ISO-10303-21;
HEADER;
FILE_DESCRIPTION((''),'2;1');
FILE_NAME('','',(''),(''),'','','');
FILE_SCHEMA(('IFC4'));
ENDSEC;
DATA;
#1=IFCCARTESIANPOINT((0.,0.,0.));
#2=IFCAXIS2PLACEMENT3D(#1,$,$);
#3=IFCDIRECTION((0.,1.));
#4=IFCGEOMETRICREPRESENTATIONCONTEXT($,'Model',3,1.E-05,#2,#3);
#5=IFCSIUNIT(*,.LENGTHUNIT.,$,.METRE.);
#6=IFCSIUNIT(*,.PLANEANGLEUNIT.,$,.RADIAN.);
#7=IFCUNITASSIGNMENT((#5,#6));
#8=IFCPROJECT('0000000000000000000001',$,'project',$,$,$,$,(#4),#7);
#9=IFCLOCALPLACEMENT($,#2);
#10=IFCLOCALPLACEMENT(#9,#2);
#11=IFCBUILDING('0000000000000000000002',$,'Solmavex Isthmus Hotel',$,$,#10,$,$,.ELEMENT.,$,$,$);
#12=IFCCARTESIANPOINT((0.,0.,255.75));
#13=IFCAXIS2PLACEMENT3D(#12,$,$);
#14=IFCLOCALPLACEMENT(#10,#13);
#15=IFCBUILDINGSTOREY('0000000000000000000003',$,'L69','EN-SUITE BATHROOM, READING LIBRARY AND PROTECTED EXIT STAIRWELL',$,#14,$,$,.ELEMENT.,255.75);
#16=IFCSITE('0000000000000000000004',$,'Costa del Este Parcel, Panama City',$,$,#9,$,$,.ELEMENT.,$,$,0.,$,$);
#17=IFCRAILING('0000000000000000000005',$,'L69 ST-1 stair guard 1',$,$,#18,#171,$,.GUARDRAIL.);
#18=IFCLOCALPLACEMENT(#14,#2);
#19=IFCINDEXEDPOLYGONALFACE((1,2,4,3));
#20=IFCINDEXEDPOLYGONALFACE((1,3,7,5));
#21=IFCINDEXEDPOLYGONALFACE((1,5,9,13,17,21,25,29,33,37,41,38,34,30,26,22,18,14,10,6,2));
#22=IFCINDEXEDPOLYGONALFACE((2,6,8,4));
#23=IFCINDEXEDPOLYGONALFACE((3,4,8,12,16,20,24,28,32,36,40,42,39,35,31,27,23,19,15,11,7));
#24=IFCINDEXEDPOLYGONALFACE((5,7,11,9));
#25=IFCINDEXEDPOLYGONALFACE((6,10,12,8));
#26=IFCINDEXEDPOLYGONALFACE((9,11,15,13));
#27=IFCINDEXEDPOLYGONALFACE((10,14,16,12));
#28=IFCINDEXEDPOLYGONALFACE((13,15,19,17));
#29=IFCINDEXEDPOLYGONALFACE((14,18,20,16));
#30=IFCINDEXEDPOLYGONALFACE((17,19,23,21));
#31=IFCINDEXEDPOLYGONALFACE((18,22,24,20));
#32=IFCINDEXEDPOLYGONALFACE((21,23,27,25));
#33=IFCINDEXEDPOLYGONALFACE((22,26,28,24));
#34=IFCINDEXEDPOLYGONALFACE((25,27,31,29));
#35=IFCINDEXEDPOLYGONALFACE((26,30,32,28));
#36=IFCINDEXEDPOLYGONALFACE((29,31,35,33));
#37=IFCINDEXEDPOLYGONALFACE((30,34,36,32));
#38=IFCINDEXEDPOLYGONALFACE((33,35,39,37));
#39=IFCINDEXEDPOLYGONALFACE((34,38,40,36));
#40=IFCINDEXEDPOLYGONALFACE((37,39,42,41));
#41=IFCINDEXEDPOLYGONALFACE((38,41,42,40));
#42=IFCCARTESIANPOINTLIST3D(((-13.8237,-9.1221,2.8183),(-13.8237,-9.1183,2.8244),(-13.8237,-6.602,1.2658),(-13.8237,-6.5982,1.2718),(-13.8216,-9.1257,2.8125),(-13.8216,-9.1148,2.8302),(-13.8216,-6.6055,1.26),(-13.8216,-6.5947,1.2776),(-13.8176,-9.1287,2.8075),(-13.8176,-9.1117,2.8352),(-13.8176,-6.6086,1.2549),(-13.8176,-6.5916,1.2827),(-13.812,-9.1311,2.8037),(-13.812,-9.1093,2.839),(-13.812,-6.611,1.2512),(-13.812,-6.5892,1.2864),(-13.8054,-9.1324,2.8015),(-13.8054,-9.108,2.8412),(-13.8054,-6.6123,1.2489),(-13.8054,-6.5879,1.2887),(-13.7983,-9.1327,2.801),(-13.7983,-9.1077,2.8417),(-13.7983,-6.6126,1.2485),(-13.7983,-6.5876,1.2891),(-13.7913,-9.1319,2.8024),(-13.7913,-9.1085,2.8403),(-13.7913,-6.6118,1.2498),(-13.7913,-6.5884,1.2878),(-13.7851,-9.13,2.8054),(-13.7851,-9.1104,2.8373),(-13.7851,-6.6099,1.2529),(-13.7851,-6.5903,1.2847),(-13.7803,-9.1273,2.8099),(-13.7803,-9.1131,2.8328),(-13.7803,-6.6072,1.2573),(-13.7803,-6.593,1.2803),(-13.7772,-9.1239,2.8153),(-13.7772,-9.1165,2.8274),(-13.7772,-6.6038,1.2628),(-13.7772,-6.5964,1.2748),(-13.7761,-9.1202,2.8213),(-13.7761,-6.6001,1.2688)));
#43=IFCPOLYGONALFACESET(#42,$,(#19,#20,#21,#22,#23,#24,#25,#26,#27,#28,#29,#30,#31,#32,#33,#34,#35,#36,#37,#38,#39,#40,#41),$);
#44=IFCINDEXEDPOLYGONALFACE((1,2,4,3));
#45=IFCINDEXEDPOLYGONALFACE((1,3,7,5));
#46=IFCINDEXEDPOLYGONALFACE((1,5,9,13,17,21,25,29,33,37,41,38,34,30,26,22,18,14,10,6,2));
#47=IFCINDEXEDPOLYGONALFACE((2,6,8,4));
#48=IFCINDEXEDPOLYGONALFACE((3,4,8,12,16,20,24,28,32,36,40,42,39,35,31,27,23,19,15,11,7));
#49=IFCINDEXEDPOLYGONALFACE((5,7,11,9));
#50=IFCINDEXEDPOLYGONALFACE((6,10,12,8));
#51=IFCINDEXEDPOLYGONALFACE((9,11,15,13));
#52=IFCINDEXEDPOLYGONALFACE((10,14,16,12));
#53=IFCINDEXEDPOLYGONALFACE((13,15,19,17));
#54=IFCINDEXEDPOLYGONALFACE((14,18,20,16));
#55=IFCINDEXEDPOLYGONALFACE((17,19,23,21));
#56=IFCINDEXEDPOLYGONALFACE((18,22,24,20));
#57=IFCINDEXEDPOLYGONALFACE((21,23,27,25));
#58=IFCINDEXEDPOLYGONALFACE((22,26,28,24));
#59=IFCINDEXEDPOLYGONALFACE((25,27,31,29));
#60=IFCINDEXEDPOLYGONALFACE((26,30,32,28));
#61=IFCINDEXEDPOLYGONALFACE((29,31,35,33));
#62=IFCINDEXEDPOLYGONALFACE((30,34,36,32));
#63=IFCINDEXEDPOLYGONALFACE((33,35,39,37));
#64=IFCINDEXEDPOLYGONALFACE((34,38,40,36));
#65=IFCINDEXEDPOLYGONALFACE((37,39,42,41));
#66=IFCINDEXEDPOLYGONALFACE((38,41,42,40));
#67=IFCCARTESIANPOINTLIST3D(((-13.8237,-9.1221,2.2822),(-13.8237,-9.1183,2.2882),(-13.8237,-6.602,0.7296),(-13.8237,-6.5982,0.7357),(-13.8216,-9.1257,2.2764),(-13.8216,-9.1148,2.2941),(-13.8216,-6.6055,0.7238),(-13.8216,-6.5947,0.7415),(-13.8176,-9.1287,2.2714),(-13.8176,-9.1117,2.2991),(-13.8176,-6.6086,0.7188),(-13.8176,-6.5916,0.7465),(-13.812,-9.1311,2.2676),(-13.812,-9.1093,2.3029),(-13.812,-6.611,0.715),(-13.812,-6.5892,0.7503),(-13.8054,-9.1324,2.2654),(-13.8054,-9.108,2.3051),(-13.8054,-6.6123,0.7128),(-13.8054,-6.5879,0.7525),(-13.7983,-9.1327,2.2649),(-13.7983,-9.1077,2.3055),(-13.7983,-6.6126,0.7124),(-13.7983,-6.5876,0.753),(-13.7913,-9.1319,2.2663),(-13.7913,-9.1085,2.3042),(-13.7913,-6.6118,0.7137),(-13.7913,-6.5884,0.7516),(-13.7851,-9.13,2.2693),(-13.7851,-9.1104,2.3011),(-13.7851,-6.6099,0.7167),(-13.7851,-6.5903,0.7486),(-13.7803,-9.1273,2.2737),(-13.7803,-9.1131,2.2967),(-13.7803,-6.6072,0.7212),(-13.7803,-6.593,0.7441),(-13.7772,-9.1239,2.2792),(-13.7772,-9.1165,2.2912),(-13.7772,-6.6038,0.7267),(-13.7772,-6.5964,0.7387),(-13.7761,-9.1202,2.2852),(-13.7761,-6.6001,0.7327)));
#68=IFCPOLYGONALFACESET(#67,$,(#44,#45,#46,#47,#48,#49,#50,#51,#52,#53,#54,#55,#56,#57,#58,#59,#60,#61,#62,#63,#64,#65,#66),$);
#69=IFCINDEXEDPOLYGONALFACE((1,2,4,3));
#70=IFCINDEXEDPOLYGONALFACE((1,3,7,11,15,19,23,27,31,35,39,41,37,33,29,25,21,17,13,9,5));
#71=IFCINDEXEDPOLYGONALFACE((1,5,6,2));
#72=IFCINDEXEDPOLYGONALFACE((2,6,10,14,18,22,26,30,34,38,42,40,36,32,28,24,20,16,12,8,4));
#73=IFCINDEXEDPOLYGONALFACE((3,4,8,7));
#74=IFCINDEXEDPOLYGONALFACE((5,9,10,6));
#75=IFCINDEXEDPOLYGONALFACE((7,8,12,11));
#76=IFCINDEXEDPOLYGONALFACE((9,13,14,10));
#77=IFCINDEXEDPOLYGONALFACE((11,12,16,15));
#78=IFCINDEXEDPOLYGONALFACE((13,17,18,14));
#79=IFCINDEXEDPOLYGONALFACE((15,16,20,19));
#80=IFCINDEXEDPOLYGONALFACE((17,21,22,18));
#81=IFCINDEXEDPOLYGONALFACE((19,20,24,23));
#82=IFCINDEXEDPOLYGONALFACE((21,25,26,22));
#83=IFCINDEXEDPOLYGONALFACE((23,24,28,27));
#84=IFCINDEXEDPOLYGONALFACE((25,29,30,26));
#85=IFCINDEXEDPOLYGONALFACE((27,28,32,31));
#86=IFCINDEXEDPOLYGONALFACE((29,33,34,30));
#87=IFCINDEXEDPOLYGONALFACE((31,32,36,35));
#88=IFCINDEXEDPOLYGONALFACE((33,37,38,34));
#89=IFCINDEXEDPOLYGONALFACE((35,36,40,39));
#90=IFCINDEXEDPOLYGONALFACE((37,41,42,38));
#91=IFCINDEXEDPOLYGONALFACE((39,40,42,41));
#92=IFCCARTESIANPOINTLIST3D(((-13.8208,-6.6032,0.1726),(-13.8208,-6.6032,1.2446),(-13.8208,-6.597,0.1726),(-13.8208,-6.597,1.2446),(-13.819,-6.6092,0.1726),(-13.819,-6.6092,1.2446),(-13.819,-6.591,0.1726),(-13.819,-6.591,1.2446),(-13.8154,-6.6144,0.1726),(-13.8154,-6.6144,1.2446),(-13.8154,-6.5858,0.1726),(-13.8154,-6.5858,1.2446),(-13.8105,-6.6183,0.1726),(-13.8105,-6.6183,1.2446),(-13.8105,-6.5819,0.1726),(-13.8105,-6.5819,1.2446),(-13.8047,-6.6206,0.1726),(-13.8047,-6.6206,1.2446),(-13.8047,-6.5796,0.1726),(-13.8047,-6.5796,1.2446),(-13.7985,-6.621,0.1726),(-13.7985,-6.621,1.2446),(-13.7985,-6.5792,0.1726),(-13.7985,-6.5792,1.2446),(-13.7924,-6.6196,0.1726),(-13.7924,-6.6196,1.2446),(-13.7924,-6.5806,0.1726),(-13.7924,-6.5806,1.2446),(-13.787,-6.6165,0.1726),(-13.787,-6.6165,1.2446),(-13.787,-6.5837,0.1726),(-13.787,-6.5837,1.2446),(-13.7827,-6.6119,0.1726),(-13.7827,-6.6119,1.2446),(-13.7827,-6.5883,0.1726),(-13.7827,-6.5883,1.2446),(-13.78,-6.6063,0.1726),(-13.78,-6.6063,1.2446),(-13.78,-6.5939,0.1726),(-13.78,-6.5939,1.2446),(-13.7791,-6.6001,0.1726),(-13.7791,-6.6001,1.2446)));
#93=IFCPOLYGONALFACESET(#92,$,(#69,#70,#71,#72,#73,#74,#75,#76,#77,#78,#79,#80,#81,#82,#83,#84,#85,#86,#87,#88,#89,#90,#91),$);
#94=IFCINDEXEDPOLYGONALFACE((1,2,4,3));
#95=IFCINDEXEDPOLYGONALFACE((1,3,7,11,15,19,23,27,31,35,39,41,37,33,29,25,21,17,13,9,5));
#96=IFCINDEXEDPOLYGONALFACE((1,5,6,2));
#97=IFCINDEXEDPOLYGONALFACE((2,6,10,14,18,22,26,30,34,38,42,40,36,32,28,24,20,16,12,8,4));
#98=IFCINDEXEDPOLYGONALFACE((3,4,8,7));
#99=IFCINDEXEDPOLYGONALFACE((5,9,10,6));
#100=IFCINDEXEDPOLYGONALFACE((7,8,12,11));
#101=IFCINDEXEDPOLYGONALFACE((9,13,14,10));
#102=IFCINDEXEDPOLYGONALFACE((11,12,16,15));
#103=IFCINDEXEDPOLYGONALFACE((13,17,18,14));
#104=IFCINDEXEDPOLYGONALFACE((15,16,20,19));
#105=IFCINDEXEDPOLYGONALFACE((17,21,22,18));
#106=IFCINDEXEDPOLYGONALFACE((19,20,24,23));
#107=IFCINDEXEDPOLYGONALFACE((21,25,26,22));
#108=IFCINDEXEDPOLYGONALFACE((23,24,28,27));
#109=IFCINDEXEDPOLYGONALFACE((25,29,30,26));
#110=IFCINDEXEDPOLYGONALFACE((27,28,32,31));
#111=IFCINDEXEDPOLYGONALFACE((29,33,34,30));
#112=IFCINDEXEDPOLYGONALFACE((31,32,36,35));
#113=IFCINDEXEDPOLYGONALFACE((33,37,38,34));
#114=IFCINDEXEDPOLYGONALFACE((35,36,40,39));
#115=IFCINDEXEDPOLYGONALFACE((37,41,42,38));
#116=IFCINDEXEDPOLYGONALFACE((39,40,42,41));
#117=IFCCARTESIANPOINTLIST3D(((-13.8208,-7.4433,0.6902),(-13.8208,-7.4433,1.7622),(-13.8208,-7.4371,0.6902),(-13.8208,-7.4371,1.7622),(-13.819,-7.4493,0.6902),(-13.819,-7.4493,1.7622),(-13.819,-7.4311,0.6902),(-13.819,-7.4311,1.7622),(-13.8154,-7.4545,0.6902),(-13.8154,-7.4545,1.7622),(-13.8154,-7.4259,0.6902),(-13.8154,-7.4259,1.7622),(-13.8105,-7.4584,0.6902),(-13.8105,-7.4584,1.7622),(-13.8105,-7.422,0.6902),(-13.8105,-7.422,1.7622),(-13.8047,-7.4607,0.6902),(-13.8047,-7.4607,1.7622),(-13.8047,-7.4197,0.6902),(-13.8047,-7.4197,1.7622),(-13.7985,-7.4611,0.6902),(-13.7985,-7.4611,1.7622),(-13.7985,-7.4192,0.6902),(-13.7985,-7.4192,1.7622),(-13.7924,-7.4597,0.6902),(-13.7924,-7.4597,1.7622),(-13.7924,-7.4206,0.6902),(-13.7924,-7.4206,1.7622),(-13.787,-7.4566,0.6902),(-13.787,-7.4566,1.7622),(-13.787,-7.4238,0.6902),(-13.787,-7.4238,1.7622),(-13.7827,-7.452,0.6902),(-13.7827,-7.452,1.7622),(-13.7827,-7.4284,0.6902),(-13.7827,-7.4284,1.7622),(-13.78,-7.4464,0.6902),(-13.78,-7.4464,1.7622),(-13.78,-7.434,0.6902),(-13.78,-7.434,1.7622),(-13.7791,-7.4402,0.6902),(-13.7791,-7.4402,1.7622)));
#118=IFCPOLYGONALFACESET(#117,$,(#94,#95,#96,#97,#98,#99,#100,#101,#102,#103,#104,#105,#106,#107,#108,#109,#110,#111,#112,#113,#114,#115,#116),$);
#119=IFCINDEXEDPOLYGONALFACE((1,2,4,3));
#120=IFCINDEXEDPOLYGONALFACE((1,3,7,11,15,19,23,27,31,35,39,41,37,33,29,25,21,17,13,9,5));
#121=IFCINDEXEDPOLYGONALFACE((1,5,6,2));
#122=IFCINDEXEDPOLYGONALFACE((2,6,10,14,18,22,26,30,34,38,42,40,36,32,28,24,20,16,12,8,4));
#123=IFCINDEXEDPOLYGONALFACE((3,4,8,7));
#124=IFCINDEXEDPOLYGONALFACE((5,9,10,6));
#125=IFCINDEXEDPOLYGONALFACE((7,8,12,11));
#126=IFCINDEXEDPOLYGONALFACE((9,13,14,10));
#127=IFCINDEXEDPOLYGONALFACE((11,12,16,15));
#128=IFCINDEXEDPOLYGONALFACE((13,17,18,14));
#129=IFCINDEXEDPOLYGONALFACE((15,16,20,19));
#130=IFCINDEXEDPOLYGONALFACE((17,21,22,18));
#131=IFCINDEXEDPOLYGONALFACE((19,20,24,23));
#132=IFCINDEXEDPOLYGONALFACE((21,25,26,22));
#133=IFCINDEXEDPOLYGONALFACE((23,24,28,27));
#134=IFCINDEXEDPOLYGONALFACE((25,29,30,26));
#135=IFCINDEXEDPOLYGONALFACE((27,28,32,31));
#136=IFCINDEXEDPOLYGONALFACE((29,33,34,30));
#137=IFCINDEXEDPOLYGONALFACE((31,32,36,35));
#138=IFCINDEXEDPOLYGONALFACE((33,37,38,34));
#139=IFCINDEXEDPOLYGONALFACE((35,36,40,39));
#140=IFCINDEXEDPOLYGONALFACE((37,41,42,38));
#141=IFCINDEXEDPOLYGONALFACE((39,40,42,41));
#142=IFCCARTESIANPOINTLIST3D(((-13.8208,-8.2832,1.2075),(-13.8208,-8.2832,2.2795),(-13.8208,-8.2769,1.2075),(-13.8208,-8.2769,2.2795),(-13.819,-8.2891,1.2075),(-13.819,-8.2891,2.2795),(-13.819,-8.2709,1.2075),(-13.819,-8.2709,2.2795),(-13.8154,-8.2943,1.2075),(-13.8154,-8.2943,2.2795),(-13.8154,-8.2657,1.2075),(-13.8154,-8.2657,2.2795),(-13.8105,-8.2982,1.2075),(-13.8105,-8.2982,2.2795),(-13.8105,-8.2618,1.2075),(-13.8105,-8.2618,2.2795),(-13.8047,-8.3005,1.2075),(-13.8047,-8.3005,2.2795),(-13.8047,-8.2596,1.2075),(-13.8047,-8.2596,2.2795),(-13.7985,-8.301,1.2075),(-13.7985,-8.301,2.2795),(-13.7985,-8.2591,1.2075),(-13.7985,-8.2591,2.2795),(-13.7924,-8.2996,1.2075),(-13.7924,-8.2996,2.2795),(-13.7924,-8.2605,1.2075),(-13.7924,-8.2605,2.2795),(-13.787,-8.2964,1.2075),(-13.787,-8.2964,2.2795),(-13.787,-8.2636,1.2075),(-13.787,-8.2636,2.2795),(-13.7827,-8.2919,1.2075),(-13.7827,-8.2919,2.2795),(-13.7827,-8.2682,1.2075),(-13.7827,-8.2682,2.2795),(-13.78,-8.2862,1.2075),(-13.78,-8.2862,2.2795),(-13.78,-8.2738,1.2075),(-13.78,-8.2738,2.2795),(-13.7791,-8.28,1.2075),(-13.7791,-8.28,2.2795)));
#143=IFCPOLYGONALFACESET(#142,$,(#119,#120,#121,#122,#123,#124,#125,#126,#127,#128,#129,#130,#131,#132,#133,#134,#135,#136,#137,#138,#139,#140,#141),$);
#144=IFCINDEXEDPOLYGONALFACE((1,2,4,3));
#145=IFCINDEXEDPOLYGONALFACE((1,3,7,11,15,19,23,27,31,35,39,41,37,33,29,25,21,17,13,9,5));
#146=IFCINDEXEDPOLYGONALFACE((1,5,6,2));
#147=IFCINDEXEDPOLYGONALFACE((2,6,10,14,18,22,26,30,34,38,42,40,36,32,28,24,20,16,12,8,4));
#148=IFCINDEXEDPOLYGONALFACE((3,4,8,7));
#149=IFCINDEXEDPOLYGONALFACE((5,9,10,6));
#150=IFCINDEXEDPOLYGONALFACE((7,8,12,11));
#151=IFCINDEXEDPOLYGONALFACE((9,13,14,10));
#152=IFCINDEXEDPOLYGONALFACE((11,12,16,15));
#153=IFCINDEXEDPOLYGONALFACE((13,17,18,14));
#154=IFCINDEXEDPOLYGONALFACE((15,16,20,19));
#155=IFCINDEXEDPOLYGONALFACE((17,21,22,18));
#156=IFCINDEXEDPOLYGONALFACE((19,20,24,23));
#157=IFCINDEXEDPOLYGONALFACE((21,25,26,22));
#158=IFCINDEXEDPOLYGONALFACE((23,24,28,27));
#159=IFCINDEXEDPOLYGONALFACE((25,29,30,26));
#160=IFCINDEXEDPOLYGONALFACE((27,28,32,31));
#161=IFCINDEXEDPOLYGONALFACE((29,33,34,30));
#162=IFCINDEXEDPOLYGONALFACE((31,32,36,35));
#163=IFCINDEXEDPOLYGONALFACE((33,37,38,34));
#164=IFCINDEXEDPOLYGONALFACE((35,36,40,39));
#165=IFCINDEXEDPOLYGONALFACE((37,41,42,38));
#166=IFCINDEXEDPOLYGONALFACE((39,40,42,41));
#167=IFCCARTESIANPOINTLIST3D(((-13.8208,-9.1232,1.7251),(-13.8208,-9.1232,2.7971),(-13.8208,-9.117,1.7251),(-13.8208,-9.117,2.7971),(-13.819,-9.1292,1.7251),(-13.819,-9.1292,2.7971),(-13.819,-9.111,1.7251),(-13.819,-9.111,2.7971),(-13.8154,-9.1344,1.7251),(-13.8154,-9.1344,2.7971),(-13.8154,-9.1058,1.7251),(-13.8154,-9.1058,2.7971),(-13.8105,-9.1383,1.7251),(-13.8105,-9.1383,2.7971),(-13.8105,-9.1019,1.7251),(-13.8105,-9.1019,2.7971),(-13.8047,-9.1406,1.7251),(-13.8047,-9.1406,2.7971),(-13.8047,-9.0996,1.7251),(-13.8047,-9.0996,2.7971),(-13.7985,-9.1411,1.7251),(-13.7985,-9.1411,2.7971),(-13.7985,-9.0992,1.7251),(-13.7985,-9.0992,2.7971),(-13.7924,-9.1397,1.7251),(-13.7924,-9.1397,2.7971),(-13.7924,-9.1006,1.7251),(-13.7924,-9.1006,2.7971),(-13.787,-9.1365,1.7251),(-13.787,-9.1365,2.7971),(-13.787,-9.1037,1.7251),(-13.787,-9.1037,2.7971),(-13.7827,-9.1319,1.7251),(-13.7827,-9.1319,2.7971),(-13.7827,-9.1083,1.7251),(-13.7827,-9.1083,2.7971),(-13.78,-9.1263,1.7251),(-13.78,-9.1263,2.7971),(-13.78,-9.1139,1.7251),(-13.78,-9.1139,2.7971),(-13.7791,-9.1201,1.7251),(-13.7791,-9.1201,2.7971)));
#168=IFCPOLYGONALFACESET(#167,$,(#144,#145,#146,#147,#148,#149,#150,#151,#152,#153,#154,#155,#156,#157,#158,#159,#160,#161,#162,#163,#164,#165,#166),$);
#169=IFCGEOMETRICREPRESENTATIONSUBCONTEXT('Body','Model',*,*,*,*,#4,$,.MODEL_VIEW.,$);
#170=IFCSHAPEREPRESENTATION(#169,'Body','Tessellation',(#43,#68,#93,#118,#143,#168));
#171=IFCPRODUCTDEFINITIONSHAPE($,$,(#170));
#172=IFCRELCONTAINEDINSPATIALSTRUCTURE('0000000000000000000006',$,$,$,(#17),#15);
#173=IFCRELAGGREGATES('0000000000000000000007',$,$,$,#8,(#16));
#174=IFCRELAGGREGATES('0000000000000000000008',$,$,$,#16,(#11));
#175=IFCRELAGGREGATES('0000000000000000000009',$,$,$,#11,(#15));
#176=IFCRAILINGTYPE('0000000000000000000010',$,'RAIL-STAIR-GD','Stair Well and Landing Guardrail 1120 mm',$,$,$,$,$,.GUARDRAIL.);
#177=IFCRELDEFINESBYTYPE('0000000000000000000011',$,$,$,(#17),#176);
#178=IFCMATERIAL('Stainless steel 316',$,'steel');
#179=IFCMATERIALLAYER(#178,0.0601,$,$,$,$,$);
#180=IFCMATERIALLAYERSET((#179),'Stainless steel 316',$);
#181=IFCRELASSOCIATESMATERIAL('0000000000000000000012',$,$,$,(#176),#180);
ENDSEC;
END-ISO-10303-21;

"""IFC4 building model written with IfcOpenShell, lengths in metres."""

from ifc_helpers import new_model, si_unit, direction, frame, origin, origin_2d, place, context, subcontext, project, spatial, circle, extrude, material, layer, layer_set, type_object, element, save


model = new_model("IFC4")

# Units and contexts
model_context = context("Model", 3, precision=1e-05, world=origin(), true_north=direction((0.0, 1.0)))
body_context = subcontext(model_context, "Body", "Model", "MODEL_VIEW")
ifc_project = project(units=[si_unit("LENGTHUNIT", "METRE"), si_unit("PLANEANGLEUNIT", "RADIAN")], contexts=[model_context])

# Site, building, storey
site_placement = place(None, origin())
site = spatial("IfcSite", under=ifc_project, at=site_placement, Name="Costa del Este Parcel, Panama City", CompositionType="ELEMENT", RefElevation=0.0)
building_placement = place(site_placement, origin())
building = spatial("IfcBuilding", under=site, at=building_placement, Name="Solmavex Isthmus Hotel", CompositionType="ELEMENT")
storey_placement = place(building_placement, frame((0.0, 0.0, 255.75)))
storey = spatial("IfcBuildingStorey", under=building, at=storey_placement, Name="L69", Description="EN-SUITE BATHROOM, READING LIBRARY AND PROTECTED EXIT STAIRWELL", CompositionType="ELEMENT", Elevation=255.75)

# Railing
ifc_material_1 = material(Name="Stainless steel 316", Category="steel")
ifc_layer_1 = layer(ifc_material_1, 0.0601)
ifc_layer_set_1 = layer_set([ifc_layer_1], Name="Stainless steel 316")
railing_type_1 = type_object("IfcRailingType", Name="RAIL-STAIR-GD", Description="Stair Well and Landing Guardrail 1120 mm", PredefinedType="GUARDRAIL", material=ifc_layer_set_1)
railing_1_placement = place(storey_placement, frame((-13.8, -6.6001, 0.1726)))
element("IfcRailing", 1, at=railing_1_placement, inside=storey, type_object=railing_type_1, Name="L69 ST-1 stair guard 1", PredefinedType="GUARDRAIL", context=body_context, shape_type="SweptSolid", body=[
    extrude(circle(Radius=0.0239, at=origin_2d()), frame((0.0, 0.0, 1.0962), z_axis=(0.0, -0.8514, 0.524516), x_axis=(1.0, 0.0, 0.0)), (0.0, 0.0, 1.0), 2.96),
    extrude(circle(Radius=0.0239, at=origin_2d()), frame((0.0, 0.0, 0.5601), z_axis=(0.0, -0.8514, 0.524516), x_axis=(1.0, 0.0, 0.0)), (0.0, 0.0, 1.0), 2.96),
    extrude(circle(Radius=0.021, at=origin_2d()), origin(), (0.0, 0.0, 1.0), 1.072),
    extrude(circle(Radius=0.021, at=origin_2d()), frame((0.0, -0.8401, 0.5176)), (0.0, 0.0, 1.0), 1.072),
    extrude(circle(Radius=0.021, at=origin_2d()), frame((0.0, -1.6799, 1.0349)), (0.0, 0.0, 1.0), 1.072),
    extrude(circle(Radius=0.021, at=origin_2d()), frame((0.0, -2.52, 1.5525)), (0.0, 0.0, 1.0), 1.072),
])

save(model, "model.ifc")
